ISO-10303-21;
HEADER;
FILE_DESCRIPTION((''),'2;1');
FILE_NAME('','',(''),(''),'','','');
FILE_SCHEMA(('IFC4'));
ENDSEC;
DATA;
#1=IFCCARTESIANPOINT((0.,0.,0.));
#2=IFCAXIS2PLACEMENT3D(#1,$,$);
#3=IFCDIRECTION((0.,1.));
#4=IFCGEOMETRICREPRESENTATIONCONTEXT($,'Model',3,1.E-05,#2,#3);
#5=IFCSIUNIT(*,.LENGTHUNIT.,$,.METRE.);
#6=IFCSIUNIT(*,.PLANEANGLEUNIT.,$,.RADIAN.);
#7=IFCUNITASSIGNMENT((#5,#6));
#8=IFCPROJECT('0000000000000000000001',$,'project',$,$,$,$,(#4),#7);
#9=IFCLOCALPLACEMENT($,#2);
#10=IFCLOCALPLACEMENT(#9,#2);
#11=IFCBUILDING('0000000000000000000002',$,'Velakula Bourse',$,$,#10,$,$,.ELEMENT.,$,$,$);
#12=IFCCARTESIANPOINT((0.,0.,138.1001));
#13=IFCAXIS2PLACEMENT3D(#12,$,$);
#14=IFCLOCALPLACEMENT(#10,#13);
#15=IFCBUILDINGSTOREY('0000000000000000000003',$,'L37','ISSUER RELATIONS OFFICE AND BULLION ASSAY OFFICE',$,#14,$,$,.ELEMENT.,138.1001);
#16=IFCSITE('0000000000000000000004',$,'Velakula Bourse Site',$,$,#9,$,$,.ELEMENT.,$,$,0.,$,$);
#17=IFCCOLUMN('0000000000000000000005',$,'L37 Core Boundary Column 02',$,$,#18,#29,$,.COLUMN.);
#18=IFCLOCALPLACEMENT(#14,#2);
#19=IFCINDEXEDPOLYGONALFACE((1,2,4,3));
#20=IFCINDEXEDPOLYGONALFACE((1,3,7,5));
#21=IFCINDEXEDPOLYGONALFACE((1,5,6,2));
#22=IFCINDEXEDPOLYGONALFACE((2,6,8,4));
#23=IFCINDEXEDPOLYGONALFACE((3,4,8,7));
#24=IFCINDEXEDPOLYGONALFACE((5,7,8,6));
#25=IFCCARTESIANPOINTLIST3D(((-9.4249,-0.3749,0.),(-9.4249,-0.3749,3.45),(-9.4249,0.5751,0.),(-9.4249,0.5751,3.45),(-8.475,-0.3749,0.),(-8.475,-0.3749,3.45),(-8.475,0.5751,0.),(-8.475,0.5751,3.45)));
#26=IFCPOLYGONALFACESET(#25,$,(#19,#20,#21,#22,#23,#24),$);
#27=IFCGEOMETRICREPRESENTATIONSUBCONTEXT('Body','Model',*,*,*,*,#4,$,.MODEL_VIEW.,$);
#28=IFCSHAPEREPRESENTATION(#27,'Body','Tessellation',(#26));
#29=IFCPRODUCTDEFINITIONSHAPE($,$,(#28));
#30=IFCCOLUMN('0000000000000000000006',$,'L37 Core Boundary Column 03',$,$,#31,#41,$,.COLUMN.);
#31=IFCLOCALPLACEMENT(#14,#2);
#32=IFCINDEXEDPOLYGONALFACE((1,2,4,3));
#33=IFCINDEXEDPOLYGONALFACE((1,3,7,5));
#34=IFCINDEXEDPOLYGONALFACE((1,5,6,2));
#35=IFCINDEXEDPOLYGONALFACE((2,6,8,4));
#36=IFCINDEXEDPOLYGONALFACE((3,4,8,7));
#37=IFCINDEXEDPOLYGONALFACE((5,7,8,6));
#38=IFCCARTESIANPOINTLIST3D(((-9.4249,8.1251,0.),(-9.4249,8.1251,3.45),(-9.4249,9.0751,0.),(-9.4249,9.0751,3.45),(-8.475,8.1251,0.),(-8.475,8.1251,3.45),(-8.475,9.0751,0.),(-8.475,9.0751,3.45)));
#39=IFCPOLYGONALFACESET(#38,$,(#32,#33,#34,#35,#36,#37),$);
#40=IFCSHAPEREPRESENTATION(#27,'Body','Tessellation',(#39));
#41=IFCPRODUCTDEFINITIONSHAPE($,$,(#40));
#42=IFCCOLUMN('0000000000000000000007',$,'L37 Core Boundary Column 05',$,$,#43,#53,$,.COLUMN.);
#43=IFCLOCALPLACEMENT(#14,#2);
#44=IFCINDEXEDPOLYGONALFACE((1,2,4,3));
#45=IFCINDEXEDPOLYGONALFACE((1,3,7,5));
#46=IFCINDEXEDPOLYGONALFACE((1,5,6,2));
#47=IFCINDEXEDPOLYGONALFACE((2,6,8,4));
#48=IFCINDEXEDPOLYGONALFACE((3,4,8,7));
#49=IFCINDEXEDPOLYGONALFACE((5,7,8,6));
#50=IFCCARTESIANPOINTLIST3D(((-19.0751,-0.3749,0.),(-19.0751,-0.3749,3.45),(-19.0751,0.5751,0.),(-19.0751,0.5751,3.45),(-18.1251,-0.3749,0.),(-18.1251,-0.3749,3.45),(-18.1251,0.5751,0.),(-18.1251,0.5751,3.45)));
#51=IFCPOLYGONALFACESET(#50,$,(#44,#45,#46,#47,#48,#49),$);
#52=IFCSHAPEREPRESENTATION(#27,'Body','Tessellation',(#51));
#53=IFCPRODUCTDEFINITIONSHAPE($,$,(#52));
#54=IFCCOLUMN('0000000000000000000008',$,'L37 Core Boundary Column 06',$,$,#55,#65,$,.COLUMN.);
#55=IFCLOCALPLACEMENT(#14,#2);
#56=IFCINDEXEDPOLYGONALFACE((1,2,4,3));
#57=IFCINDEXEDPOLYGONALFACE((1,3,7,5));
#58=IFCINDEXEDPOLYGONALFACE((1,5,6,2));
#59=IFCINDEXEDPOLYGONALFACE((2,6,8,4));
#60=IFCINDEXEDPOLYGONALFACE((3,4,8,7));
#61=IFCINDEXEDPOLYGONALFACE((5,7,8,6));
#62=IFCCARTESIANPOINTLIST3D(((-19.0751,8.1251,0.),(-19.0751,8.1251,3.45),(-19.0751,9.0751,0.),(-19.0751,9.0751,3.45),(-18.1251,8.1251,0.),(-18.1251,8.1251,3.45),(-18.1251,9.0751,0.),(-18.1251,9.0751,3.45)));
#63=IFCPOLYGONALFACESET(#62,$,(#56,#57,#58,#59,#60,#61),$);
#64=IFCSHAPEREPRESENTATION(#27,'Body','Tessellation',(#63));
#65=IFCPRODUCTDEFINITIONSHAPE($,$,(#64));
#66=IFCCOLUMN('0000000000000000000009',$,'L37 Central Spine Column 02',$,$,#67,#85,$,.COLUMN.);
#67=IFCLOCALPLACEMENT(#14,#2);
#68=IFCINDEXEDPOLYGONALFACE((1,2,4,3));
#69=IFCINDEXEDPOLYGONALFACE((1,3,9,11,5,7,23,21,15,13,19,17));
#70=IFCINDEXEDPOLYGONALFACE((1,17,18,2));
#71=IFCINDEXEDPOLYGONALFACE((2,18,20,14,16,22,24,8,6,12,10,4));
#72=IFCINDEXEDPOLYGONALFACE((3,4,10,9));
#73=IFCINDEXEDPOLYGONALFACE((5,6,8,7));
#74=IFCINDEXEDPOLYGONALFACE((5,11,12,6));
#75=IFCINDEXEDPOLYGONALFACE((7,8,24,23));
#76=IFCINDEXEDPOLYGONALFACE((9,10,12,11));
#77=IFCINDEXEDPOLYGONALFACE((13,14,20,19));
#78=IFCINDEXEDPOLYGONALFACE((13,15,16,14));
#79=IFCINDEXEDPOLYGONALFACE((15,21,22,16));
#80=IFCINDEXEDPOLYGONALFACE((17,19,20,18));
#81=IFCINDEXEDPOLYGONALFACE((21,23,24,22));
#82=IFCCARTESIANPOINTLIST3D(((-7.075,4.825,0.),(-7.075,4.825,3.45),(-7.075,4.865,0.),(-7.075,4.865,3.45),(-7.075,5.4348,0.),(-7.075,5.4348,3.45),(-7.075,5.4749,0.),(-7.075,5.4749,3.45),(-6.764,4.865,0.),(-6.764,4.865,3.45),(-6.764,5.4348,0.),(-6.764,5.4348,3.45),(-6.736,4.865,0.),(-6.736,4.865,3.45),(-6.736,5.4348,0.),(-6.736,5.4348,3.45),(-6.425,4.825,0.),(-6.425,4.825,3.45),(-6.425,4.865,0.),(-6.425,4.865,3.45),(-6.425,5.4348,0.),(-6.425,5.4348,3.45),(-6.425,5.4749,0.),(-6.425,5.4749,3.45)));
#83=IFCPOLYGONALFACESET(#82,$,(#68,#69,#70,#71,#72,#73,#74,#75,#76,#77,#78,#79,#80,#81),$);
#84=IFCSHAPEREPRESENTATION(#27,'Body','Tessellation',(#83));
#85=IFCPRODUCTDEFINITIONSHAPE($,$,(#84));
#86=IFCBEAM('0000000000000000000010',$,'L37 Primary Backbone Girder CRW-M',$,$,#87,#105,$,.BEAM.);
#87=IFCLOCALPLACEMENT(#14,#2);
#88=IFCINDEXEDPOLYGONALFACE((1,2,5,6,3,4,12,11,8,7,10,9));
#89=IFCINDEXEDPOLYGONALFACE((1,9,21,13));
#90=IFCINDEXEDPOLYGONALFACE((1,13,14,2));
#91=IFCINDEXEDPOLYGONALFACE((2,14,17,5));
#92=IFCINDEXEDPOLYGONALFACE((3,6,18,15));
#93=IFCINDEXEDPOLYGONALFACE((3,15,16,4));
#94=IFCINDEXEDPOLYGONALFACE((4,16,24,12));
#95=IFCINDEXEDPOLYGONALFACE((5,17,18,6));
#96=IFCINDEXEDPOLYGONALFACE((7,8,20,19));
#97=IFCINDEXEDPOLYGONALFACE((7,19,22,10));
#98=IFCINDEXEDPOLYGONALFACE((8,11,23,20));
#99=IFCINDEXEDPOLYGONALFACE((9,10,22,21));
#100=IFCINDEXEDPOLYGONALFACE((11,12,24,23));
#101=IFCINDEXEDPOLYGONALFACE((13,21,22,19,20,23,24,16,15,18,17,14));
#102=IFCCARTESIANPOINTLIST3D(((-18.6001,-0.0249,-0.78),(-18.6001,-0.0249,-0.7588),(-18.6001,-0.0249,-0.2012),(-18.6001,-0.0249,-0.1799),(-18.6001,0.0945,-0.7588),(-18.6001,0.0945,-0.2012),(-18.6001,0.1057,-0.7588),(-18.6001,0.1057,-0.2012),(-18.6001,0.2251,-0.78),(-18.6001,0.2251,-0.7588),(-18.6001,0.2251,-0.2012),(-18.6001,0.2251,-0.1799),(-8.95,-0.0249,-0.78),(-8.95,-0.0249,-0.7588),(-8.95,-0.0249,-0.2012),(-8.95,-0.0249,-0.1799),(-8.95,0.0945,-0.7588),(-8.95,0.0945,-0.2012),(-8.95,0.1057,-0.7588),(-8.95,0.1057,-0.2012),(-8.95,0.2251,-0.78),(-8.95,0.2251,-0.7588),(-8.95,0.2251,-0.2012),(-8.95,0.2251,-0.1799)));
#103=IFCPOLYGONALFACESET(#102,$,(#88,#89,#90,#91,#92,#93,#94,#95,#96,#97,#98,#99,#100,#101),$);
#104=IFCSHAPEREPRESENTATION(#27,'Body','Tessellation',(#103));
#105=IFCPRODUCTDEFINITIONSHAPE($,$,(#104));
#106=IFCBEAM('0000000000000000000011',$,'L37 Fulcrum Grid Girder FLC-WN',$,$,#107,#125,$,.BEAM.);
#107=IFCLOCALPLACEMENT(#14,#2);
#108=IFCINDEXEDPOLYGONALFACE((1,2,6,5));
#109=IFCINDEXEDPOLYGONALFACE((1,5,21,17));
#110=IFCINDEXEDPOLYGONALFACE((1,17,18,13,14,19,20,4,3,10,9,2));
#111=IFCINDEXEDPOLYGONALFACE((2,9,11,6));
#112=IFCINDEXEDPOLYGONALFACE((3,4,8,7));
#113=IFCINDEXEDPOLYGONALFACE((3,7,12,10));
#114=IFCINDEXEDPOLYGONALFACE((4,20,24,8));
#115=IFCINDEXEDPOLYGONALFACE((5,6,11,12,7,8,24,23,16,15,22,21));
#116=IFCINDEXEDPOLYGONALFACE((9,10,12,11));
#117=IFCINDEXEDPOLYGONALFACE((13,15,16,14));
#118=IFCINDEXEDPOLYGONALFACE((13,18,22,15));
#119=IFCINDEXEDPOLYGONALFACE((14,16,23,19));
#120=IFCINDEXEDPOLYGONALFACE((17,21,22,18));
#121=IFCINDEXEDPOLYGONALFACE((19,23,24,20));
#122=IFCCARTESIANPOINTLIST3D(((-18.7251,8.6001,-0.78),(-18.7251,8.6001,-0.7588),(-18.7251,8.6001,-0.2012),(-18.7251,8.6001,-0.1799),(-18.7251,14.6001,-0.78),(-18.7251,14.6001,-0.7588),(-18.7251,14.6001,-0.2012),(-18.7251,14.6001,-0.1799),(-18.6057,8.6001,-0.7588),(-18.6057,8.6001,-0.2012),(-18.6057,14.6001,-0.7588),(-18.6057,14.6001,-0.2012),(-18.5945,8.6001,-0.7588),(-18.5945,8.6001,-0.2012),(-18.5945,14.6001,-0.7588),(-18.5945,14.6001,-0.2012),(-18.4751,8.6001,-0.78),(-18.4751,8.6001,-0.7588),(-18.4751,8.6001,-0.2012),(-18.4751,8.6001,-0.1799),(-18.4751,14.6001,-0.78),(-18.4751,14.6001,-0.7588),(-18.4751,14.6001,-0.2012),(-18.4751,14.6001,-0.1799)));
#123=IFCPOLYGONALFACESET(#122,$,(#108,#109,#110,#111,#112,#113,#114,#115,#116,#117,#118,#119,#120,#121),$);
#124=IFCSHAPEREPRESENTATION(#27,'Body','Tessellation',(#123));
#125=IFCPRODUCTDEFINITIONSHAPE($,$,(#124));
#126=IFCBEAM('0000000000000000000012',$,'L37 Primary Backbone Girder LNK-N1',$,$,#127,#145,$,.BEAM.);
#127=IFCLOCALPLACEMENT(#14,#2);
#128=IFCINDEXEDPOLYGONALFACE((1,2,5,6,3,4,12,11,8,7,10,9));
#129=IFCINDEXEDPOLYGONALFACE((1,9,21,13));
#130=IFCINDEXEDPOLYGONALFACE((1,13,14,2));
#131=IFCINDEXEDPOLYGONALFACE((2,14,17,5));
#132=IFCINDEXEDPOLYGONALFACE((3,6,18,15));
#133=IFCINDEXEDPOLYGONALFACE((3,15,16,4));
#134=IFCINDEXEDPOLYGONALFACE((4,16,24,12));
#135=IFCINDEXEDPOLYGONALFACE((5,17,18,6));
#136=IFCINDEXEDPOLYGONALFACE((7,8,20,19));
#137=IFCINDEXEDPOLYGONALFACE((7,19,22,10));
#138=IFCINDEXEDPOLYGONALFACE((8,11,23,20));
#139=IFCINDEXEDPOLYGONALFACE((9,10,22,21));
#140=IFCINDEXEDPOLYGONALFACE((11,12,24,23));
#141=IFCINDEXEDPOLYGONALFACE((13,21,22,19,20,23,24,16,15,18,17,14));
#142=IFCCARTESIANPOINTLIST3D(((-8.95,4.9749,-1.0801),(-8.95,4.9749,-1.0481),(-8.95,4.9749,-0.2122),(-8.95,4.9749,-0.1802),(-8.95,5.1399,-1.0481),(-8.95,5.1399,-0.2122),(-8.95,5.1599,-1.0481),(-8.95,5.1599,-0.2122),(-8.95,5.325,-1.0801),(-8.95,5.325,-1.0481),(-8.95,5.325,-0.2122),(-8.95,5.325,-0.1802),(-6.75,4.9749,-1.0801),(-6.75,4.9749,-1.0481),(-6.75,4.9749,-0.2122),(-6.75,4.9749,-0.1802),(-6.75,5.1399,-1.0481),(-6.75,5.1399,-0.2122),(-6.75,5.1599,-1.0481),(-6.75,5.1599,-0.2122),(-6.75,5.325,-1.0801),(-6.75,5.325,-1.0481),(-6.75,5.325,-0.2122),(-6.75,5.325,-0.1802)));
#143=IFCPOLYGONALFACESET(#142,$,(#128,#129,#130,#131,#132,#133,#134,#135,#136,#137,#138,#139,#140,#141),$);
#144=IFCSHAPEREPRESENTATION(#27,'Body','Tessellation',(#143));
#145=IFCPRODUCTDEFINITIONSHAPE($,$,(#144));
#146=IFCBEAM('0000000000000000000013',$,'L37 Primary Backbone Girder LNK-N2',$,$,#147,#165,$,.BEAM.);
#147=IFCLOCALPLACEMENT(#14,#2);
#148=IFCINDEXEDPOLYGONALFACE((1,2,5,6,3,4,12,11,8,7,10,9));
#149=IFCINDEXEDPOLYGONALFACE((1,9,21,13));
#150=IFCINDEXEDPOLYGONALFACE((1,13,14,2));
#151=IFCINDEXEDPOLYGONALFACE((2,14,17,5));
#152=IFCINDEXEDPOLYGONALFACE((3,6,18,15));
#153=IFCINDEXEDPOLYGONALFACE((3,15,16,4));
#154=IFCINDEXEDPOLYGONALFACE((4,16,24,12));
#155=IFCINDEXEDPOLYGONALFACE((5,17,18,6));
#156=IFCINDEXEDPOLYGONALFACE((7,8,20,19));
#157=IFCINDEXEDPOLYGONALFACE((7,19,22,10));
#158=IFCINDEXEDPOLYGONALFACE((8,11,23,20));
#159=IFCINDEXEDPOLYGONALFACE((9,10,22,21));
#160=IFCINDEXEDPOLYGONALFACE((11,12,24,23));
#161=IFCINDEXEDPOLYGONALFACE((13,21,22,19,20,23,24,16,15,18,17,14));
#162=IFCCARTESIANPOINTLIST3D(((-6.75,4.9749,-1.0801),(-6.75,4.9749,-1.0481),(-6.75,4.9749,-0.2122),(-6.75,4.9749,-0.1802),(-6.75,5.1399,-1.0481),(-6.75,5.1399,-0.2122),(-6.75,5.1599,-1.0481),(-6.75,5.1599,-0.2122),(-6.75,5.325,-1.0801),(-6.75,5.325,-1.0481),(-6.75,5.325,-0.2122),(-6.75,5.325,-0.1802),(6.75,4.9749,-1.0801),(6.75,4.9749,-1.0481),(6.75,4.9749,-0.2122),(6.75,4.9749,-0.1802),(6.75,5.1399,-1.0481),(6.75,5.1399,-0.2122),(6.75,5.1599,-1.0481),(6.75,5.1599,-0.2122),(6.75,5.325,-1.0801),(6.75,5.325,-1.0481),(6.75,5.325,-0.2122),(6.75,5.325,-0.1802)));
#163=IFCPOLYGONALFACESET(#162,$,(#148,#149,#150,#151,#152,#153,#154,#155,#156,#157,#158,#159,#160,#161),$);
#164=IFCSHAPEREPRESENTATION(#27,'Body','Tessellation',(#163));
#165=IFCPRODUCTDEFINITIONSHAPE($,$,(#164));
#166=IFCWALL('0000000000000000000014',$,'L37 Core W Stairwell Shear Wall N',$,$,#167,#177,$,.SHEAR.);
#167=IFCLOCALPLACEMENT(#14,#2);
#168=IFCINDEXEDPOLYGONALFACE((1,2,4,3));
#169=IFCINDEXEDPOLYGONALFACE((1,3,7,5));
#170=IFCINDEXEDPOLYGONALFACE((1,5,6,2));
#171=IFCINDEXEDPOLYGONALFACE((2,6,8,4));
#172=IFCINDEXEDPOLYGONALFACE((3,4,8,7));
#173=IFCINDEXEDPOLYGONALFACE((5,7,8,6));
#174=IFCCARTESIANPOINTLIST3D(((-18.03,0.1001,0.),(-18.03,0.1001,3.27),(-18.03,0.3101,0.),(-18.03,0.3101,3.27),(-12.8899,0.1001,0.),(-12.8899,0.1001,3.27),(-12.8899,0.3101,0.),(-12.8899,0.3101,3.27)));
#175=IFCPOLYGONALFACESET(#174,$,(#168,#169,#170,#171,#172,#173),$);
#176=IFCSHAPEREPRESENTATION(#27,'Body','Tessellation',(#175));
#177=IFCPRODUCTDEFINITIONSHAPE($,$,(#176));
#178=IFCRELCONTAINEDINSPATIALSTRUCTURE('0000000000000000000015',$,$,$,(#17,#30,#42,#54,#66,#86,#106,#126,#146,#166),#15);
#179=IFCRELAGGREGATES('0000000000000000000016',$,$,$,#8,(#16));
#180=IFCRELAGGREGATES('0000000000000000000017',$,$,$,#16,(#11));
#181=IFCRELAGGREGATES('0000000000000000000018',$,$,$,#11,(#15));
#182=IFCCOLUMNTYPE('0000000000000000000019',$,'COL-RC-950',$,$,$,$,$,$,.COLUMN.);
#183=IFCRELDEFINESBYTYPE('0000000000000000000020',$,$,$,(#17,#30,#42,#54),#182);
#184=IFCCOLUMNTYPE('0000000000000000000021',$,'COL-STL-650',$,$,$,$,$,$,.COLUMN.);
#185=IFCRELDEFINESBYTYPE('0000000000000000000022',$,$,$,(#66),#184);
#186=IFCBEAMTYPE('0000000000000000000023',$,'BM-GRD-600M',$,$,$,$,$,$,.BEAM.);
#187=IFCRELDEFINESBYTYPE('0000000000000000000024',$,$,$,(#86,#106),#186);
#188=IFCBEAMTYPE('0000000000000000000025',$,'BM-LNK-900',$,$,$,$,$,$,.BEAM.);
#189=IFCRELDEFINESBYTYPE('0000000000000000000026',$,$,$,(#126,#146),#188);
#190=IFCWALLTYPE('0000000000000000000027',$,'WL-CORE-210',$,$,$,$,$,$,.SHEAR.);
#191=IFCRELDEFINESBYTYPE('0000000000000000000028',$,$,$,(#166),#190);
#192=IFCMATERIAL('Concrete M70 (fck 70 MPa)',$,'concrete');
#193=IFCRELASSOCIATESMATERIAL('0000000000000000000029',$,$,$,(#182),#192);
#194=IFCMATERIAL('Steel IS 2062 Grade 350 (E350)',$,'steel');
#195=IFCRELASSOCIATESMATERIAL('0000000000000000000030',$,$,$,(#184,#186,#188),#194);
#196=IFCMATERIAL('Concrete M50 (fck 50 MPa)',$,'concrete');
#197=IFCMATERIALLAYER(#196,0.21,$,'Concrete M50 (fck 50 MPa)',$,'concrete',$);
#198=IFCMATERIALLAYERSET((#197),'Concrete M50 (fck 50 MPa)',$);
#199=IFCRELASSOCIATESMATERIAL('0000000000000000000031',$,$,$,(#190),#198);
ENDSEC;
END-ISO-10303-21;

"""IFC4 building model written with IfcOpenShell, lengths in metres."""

from ifc_helpers import new_model, si_unit, direction, frame, frame_2d, origin, origin_2d, place, context, subcontext, project, spatial, rectangle, i_section, extrude, material, layer, layer_set, material_profile, profile_set, type_object, element, save


model = new_model("IFC4")

# Units and contexts
model_context = context("Model", 3, precision=1e-05, world=origin(), true_north=direction((0.0, 1.0)))
body_context = subcontext(model_context, "Body", "Model", "MODEL_VIEW")
ifc_project = project(units=[si_unit("LENGTHUNIT", "METRE"), si_unit("PLANEANGLEUNIT", "RADIAN")], contexts=[model_context])

# Site, building, storey
site_placement = place(None, origin())
site = spatial("IfcSite", under=ifc_project, at=site_placement, Name="Velakula Bourse Site", CompositionType="ELEMENT", RefElevation=0.0)
building_placement = place(site_placement, origin())
building = spatial("IfcBuilding", under=site, at=building_placement, Name="Velakula Bourse", CompositionType="ELEMENT")
storey_placement = place(building_placement, frame((0.0, 0.0, 138.1001)))
storey = spatial("IfcBuildingStorey", under=building, at=storey_placement, Name="L37", Description="ISSUER RELATIONS OFFICE AND BULLION ASSAY OFFICE", CompositionType="ELEMENT", Elevation=138.1001)

# Columns
ifc_material_1 = material(Name="Concrete M70 (fck 70 MPa)", Category="concrete")
ifc_material_profile_1 = material_profile(ifc_material_1, rectangle(XDim=0.95, YDim=0.95, at=origin_2d()), Name="Concrete M70 (fck 70 MPa)")
ifc_profile_set_1 = profile_set([ifc_material_profile_1], Name="Concrete M70 (fck 70 MPa)")
column_type_1 = type_object("IfcColumnType", Name="COL-RC-950", PredefinedType="COLUMN", material=ifc_profile_set_1)
for number, where, z_axis, x_axis, name in (
    (1, (-8.95, 0.1001, 0.0), (0.0, 0.0, 1.0), (1.0, 0.0, 0.0), "L37 Core Boundary Column 02"),
    (2, (-8.95, 8.6001, 0.0), (0.0, 0.0, 1.0), (1.0, 0.0, 0.0), "L37 Core Boundary Column 03"),
    (3, (-18.6001, 0.1001, 0.0), (0.0, 0.0, 1.0), (1.0, 0.0, 0.0), "L37 Core Boundary Column 05"),
    (4, (-18.6001, 8.6001, 0.0), (0.0, 0.0, 1.0), (1.0, 0.0, 0.0), "L37 Core Boundary Column 06"),
):
    element("IfcColumn", number, at=place(storey_placement, frame(where, z_axis=z_axis, x_axis=x_axis)), inside=storey, type_object=column_type_1, Name=name, PredefinedType="COLUMN", context=body_context, shape_type="SweptSolid", body=[
        extrude(rectangle(XDim=0.95, YDim=0.95, at=origin_2d()), origin(), (0.0, 0.0, 1.0), 3.45),
    ])
ifc_material_2 = material(Name="Steel IS 2062 Grade 350 (E350)", Category="steel")
ifc_material_profile_2 = material_profile(ifc_material_2, i_section(OverallWidth=0.6499, OverallDepth=0.6499, WebThickness=0.0281, FlangeThickness=0.04, at=origin_2d()), Name="Steel IS 2062 Grade 350 (E350)")
ifc_profile_set_2 = profile_set([ifc_material_profile_2], Name="Steel IS 2062 Grade 350 (E350)")
column_type_2 = type_object("IfcColumnType", Name="COL-STL-650", PredefinedType="COLUMN", material=ifc_profile_set_2)
column_placement = place(storey_placement, frame((-6.75, 5.1499, 0.0), z_axis=(0.0, 0.0, 1.0), x_axis=(1.0, 0.0, 0.0)))
element("IfcColumn", 5, at=column_placement, inside=storey, type_object=column_type_2, Name="L37 Central Spine Column 02", PredefinedType="COLUMN", context=body_context, shape_type="SweptSolid", body=[
    extrude(i_section(OverallWidth=0.6499, OverallDepth=0.6499, WebThickness=0.0281, FlangeThickness=0.04, at=origin_2d()), origin(), (0.0, 0.0, 1.0), 3.45),
])

# Beams
ifc_material_profile_3 = material_profile(ifc_material_2, i_section(OverallWidth=0.25, OverallDepth=0.6001, WebThickness=0.0112, FlangeThickness=0.0212, at=origin_2d()), Name="Steel IS 2062 Grade 350 (E350)")
ifc_profile_set_3 = profile_set([ifc_material_profile_3], Name="Steel IS 2062 Grade 350 (E350)")
beam_type_1 = type_object("IfcBeamType", Name="BM-GRD-600M", PredefinedType="BEAM", material=ifc_profile_set_3)
beam_1_placement = place(storey_placement, frame((-18.6001, 0.1001, -0.48), z_axis=(1.0, 0.0, 0.0), x_axis=(0.0, 1.0, 0.0)))
element("IfcBeam", 6, at=beam_1_placement, inside=storey, type_object=beam_type_1, Name="L37 Primary Backbone Girder CRW-M", PredefinedType="BEAM", context=body_context, shape_type="SweptSolid", body=[
    extrude(i_section(OverallWidth=0.25, OverallDepth=0.6001, WebThickness=0.0112, FlangeThickness=0.0212, at=origin_2d()), origin(), (0.0, 0.0, 1.0), 9.6501),
])
beam_2_placement = place(storey_placement, frame((-18.6001, 8.6001, -0.48), z_axis=(0.0, 1.0, 0.0), x_axis=(-1.0, 0.0, 0.0)))
element("IfcBeam", 7, at=beam_2_placement, inside=storey, type_object=beam_type_1, Name="L37 Fulcrum Grid Girder FLC-WN", PredefinedType="BEAM", context=body_context, shape_type="SweptSolid", body=[
    extrude(i_section(OverallWidth=0.25, OverallDepth=0.6001, WebThickness=0.0112, FlangeThickness=0.0212, at=origin_2d()), origin(), (0.0, 0.0, 1.0), 6.0),
])
ifc_material_profile_4 = material_profile(ifc_material_2, i_section(OverallWidth=0.3501, OverallDepth=0.8999, WebThickness=0.02, FlangeThickness=0.032, at=origin_2d()), Name="Steel IS 2062 Grade 350 (E350)")
ifc_profile_set_4 = profile_set([ifc_material_profile_4], Name="Steel IS 2062 Grade 350 (E350)")
beam_type_2 = type_object("IfcBeamType", Name="BM-LNK-900", PredefinedType="BEAM", material=ifc_profile_set_4)
beam_3_placement = place(storey_placement, frame((-8.95, 5.1499, -0.6301), z_axis=(1.0, 0.0, 0.0), x_axis=(0.0, 1.0, 0.0)))
element("IfcBeam", 8, at=beam_3_placement, inside=storey, type_object=beam_type_2, Name="L37 Primary Backbone Girder LNK-N1", PredefinedType="BEAM", context=body_context, shape_type="SweptSolid", body=[
    extrude(i_section(OverallWidth=0.3501, OverallDepth=0.8999, WebThickness=0.02, FlangeThickness=0.032, at=origin_2d()), origin(), (0.0, 0.0, 1.0), 2.2),
])
beam_4_placement = place(storey_placement, frame((-6.75, 5.1499, -0.6301), z_axis=(1.0, 0.0, 0.0), x_axis=(0.0, 1.0, 0.0)))
element("IfcBeam", 9, at=beam_4_placement, inside=storey, type_object=beam_type_2, Name="L37 Primary Backbone Girder LNK-N2", PredefinedType="BEAM", context=body_context, shape_type="SweptSolid", body=[
    extrude(i_section(OverallWidth=0.3501, OverallDepth=0.8999, WebThickness=0.02, FlangeThickness=0.032, at=origin_2d()), origin(), (0.0, 0.0, 1.0), 13.5),
])

# Wall
ifc_material_3 = material(Name="Concrete M50 (fck 50 MPa)", Category="concrete")
ifc_layer_1 = layer(ifc_material_3, 0.21, Name="Concrete M50 (fck 50 MPa)", Category="concrete")
ifc_layer_set_1 = layer_set([ifc_layer_1], Name="Concrete M50 (fck 50 MPa)")
wall_type_1 = type_object("IfcWallType", Name="WL-CORE-210", PredefinedType="SHEAR", material=ifc_layer_set_1)
wall_1_placement = place(storey_placement, frame((-12.8899, 0.2051, 0.0), z_axis=(0.0, 0.0, 1.0), x_axis=(-1.0, 0.0, 0.0)))
element("IfcWall", 10, at=wall_1_placement, inside=storey, type_object=wall_type_1, Name="L37 Core W Stairwell Shear Wall N", PredefinedType="SHEAR", context=body_context, shape_type="SweptSolid", body=[
    extrude(rectangle(XDim=5.1401, YDim=0.21, at=frame_2d((2.5701, 0.0))), origin(), (0.0, 0.0, 1.0), 3.27),
])

save(model, "model.ifc")
